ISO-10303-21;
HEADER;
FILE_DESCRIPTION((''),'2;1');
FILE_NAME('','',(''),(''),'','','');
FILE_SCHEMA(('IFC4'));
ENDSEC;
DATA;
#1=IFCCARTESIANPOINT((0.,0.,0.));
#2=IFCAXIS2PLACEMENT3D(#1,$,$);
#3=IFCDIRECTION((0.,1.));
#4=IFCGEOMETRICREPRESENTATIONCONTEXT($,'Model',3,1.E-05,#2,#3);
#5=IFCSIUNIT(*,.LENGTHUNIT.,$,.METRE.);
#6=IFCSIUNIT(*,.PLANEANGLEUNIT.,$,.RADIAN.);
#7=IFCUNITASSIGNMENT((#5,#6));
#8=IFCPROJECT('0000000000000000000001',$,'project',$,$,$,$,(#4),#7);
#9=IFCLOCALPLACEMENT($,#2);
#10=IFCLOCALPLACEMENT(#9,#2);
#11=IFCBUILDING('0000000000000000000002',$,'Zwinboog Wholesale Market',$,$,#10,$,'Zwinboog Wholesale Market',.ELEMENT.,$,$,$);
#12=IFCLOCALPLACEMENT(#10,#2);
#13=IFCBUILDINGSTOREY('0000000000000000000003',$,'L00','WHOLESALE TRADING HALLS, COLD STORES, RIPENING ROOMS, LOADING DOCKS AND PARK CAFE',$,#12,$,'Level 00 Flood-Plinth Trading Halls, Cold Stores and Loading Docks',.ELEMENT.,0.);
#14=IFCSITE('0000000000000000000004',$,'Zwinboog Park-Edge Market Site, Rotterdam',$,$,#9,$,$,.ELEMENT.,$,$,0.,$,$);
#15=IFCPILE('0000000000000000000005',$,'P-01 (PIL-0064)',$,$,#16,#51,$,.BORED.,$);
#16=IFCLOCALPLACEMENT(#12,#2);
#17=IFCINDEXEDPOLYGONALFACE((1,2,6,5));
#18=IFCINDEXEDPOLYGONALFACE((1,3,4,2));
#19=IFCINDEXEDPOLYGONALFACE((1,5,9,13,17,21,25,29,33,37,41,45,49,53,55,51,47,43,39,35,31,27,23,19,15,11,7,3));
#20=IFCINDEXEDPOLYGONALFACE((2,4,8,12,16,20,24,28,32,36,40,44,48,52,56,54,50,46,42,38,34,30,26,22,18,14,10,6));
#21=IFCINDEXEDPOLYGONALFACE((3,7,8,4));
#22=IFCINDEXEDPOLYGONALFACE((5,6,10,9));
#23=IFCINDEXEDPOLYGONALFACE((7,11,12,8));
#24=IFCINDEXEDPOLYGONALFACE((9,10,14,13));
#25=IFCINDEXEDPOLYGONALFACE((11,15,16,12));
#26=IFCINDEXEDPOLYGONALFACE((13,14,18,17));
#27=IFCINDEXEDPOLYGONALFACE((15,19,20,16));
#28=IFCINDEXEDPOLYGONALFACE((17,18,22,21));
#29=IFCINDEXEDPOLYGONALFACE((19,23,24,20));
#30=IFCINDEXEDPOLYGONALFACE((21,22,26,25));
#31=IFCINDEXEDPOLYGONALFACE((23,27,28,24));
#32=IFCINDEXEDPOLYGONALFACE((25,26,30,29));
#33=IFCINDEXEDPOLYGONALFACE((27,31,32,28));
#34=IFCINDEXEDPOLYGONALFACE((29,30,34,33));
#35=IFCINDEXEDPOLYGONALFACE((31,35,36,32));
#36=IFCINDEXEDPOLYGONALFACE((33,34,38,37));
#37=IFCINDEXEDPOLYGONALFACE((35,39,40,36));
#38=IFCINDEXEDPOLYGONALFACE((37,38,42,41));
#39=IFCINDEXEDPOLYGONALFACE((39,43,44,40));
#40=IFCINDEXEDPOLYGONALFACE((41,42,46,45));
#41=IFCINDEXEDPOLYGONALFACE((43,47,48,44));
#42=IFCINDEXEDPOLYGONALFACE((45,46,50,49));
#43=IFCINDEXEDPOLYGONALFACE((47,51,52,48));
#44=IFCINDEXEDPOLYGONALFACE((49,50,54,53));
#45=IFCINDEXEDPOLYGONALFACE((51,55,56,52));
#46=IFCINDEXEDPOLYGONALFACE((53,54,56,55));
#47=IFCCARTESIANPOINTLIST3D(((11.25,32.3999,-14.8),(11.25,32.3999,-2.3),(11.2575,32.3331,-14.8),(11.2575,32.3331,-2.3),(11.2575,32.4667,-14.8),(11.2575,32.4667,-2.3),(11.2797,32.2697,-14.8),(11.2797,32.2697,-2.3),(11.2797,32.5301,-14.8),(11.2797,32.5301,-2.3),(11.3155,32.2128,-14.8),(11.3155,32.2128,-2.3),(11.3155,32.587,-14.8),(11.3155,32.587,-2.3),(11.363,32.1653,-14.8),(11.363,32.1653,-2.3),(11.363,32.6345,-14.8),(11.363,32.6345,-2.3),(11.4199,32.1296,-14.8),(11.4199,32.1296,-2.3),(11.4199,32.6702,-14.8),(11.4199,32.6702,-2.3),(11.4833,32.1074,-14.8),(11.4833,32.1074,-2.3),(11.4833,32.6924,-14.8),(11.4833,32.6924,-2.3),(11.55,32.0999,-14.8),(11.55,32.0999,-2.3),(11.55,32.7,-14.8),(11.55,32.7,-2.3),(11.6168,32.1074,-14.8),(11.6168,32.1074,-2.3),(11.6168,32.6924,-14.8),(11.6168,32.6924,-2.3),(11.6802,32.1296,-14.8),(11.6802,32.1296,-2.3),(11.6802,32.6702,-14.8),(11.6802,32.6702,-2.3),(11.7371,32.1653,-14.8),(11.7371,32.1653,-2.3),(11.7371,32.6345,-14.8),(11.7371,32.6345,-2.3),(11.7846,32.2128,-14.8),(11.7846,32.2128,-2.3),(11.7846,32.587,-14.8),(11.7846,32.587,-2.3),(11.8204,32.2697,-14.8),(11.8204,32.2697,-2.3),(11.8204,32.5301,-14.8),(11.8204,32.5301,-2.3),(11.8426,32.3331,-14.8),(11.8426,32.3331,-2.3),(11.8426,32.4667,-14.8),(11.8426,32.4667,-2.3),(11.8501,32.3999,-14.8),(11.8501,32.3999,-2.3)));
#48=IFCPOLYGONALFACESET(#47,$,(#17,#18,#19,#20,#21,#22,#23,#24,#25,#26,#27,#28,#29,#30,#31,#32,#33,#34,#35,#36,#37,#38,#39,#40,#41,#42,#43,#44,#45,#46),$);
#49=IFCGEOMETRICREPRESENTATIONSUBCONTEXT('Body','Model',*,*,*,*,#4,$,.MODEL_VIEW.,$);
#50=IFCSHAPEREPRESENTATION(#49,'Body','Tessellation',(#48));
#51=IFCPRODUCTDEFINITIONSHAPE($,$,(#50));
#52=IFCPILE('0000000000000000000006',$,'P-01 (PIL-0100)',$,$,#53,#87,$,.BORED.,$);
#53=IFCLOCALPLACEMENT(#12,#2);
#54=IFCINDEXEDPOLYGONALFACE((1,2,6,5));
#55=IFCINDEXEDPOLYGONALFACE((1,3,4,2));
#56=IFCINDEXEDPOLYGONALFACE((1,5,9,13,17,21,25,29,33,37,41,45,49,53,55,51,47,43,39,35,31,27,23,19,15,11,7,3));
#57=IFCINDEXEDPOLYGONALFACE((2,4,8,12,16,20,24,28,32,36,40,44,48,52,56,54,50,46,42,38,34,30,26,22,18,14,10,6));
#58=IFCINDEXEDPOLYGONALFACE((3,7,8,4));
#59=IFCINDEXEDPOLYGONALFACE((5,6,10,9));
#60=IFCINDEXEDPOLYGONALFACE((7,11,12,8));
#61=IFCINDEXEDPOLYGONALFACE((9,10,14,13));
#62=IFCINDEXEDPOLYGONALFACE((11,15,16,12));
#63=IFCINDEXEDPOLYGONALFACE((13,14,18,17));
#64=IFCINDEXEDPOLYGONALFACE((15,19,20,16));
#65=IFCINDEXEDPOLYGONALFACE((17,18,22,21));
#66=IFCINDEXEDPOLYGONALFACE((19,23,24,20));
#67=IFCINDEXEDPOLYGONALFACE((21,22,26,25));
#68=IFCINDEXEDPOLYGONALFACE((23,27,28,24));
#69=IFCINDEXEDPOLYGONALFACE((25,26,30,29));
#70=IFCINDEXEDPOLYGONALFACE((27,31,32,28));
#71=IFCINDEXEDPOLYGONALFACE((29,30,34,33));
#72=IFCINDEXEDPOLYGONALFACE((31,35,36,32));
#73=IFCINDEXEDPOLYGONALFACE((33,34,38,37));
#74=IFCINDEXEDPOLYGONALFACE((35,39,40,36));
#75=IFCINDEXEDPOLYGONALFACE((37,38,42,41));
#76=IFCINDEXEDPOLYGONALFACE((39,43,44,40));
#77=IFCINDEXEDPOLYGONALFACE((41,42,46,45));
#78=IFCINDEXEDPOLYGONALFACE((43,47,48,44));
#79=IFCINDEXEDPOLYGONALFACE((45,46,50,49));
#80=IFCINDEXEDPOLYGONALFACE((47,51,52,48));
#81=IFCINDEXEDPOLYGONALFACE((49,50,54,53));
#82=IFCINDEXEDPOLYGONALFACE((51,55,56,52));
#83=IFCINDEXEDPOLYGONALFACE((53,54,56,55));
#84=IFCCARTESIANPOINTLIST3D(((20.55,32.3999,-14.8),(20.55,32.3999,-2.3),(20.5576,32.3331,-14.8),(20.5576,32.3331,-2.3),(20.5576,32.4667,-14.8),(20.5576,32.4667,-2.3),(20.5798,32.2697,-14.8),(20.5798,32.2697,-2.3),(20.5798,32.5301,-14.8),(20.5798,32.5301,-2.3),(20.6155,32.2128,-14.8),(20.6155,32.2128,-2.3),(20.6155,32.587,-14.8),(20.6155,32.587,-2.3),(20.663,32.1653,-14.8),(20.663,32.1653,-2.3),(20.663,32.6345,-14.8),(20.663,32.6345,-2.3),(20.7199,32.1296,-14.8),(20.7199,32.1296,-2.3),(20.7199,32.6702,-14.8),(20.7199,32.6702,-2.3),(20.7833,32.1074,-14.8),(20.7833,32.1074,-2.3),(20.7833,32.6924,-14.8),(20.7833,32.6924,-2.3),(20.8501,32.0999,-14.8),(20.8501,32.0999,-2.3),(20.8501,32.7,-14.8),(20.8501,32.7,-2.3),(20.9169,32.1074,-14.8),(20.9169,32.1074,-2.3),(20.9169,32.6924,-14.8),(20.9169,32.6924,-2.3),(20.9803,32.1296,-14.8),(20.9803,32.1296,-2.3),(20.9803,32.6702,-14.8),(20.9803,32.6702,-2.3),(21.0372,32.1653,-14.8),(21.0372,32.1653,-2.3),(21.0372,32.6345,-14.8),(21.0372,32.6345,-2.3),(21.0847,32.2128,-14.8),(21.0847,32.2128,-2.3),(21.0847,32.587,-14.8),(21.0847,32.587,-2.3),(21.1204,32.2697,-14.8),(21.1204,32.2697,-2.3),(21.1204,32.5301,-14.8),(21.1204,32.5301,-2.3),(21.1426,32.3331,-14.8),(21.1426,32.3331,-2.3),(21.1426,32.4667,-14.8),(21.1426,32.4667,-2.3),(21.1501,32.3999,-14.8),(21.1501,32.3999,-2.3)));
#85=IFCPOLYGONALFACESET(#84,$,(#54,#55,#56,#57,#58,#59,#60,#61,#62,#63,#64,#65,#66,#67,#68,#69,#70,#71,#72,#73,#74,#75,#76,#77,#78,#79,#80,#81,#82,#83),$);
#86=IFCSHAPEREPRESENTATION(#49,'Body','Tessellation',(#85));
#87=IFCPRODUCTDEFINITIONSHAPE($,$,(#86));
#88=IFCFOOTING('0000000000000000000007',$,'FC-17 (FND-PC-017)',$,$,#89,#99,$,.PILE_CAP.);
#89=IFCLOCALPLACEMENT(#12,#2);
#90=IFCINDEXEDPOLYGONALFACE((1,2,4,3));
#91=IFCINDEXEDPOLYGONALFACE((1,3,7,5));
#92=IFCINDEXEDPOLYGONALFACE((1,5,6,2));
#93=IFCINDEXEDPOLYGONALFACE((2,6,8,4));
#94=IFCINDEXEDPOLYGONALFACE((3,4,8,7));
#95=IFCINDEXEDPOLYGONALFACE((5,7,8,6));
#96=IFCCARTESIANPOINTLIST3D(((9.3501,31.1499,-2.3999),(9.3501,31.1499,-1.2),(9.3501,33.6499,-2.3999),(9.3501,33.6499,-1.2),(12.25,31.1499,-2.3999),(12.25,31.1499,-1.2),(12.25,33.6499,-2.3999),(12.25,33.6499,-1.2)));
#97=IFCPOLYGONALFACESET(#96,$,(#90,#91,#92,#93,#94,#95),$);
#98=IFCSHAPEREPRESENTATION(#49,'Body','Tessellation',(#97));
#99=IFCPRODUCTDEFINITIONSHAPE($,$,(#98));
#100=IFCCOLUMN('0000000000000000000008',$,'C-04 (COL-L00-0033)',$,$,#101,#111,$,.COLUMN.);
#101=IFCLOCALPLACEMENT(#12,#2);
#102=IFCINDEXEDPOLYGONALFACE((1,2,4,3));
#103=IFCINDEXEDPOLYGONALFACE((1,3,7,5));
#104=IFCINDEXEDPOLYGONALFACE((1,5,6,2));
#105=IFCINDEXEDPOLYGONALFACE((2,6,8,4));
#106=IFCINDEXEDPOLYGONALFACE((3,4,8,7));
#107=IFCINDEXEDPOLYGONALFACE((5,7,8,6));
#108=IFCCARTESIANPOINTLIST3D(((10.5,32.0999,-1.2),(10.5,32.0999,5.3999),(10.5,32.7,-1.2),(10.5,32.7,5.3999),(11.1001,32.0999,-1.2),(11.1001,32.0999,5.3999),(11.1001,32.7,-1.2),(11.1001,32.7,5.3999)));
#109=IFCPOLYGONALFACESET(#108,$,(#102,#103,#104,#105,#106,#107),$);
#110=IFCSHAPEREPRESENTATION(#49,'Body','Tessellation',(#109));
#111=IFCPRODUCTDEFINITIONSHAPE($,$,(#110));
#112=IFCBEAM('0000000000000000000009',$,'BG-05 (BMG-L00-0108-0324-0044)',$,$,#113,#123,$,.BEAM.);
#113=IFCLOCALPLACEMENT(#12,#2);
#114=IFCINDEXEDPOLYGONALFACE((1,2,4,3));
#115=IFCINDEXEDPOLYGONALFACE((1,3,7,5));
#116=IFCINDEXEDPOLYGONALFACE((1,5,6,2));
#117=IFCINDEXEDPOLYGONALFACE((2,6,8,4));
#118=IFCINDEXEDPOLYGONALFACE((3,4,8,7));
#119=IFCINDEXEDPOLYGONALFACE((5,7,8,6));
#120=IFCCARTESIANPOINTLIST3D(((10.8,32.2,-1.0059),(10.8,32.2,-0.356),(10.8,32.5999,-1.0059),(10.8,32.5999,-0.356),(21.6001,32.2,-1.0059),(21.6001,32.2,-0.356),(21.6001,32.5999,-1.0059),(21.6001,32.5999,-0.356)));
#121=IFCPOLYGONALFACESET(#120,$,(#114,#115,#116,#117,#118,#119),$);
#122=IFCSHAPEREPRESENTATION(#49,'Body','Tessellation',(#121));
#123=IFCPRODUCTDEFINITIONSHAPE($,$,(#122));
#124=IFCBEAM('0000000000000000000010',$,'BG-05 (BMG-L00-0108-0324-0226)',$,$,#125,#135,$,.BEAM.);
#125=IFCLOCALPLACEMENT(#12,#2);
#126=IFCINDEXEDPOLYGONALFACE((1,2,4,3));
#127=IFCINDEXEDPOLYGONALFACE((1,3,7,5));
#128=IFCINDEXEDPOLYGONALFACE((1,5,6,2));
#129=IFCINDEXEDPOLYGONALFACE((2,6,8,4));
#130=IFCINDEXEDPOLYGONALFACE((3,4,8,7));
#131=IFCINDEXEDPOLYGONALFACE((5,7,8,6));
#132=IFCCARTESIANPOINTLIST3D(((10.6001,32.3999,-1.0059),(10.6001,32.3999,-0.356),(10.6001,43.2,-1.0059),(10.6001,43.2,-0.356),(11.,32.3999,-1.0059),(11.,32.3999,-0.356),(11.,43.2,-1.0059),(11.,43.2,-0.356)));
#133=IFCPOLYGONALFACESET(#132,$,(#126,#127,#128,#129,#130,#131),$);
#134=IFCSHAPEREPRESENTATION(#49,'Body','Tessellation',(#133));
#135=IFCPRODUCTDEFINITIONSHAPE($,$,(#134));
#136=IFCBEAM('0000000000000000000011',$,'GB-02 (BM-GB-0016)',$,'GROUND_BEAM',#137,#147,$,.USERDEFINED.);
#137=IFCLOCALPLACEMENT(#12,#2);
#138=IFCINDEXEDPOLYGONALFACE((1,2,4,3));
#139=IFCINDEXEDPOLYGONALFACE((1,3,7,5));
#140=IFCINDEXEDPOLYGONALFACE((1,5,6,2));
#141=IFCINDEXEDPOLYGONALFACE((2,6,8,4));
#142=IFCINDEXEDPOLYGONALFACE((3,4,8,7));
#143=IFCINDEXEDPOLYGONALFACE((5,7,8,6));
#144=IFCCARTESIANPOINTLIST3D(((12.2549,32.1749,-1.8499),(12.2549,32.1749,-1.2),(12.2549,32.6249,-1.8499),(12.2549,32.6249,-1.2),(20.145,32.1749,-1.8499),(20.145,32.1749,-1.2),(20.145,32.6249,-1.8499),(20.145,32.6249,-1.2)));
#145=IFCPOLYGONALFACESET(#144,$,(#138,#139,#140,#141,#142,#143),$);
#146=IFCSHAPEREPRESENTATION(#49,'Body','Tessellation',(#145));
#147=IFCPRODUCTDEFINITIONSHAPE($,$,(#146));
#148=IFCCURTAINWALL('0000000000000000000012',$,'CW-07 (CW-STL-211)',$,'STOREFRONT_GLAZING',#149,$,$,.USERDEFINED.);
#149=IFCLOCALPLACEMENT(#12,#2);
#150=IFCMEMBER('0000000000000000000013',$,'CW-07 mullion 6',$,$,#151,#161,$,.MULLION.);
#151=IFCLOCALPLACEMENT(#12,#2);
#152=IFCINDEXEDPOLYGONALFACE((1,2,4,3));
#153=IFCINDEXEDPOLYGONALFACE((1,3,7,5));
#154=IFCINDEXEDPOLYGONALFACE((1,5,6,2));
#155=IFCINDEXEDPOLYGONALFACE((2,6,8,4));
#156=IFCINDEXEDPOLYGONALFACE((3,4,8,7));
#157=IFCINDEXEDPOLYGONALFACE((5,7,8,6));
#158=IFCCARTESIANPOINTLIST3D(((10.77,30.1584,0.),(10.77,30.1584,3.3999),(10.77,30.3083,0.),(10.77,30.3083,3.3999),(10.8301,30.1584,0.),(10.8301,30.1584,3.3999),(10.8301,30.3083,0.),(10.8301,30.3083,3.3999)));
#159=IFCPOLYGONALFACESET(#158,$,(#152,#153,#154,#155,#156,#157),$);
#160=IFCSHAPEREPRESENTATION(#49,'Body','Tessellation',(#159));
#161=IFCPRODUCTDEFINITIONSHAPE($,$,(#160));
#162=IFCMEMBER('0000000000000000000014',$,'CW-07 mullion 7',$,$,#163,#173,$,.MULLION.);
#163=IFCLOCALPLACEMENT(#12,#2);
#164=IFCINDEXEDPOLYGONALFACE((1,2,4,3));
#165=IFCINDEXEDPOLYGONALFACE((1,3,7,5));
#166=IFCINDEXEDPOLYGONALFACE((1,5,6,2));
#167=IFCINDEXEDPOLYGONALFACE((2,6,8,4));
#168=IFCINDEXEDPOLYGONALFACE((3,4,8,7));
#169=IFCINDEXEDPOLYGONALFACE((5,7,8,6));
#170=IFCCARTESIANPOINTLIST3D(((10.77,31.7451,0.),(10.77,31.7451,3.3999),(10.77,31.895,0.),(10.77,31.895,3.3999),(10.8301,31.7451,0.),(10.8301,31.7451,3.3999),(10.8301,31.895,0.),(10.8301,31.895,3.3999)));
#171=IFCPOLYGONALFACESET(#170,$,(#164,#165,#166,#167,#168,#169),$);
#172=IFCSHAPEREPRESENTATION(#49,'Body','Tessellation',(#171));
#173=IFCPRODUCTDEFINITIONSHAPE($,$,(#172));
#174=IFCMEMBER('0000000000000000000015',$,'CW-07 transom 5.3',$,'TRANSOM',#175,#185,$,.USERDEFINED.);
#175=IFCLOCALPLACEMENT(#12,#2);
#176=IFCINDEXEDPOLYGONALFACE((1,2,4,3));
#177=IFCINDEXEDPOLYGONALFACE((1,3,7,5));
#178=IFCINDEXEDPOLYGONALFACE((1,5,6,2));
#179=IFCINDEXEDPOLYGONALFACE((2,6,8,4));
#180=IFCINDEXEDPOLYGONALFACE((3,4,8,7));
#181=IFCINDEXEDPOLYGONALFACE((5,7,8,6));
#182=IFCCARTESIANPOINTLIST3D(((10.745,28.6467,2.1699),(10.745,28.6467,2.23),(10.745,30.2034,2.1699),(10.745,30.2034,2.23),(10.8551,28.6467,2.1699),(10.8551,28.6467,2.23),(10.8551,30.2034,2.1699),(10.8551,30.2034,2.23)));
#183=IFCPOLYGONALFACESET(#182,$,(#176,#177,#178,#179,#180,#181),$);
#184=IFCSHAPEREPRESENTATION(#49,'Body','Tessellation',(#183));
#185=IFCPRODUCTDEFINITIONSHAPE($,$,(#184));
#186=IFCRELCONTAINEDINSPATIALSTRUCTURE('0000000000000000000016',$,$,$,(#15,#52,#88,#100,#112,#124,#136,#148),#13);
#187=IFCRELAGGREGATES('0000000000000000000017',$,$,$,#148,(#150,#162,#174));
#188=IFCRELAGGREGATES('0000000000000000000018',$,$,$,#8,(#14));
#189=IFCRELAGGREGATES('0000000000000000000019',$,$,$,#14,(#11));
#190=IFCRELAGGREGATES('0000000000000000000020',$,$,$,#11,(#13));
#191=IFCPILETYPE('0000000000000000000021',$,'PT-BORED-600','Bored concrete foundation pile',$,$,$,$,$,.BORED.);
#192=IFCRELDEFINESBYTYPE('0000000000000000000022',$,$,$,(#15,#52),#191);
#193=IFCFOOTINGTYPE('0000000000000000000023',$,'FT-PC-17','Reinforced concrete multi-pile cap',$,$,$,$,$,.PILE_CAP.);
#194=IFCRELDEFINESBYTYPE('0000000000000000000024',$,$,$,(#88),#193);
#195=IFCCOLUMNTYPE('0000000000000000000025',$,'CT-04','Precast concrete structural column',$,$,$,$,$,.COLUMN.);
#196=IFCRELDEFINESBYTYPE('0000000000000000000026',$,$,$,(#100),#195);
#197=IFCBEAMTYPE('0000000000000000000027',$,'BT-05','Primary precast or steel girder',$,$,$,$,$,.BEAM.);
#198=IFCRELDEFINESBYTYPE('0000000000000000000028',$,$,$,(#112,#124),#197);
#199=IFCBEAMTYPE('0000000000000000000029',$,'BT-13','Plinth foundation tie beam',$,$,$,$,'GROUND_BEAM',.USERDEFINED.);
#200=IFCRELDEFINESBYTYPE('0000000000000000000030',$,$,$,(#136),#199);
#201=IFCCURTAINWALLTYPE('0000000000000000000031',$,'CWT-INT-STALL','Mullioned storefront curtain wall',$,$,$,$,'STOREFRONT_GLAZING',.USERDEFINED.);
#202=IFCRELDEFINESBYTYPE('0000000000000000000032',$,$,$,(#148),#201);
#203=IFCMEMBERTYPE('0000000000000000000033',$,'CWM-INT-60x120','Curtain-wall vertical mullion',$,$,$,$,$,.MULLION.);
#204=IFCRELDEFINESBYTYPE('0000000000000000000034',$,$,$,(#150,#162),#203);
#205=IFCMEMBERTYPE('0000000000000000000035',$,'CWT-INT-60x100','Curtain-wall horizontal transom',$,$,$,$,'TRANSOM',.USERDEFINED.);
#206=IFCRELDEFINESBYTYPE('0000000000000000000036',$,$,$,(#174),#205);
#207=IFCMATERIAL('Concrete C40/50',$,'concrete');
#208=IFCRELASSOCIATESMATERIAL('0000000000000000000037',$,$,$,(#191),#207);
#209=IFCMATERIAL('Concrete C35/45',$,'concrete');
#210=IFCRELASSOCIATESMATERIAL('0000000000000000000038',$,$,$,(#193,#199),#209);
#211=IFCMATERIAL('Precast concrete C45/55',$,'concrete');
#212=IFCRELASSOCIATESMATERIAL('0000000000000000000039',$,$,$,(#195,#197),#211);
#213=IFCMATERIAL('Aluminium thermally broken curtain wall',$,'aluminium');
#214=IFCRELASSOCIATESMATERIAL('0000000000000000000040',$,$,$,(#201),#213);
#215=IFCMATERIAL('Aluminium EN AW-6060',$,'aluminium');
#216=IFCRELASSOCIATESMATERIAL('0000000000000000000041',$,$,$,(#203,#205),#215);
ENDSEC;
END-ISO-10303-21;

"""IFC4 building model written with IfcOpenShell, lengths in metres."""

from ifc_helpers import new_model, si_unit, direction, frame, origin, origin_2d, place, context, subcontext, project, spatial, rectangle, circle, extrude, material, material_profile, profile_set, type_object, element, aggregate, save


model = new_model("IFC4")

# Units and contexts
model_context = context("Model", 3, precision=1e-05, world=origin(), true_north=direction((0.0, 1.0)))
body_context = subcontext(model_context, "Body", "Model", "MODEL_VIEW")
ifc_project = project(units=[si_unit("LENGTHUNIT", "METRE"), si_unit("PLANEANGLEUNIT", "RADIAN")], contexts=[model_context])

# Site, building, storey
site_placement = place(None, origin())
site = spatial("IfcSite", under=ifc_project, at=site_placement, Name="Zwinboog Park-Edge Market Site, Rotterdam", CompositionType="ELEMENT", RefElevation=0.0)
building_placement = place(site_placement, origin())
building = spatial("IfcBuilding", under=site, at=building_placement, Name="Zwinboog Wholesale Market", LongName="Zwinboog Wholesale Market", CompositionType="ELEMENT")
storey_placement = place(building_placement, origin())
storey = spatial("IfcBuildingStorey", under=building, at=storey_placement, Name="L00", Description="WHOLESALE TRADING HALLS, COLD STORES, RIPENING ROOMS, LOADING DOCKS AND PARK CAFE", LongName="Level 00 Flood-Plinth Trading Halls, Cold Stores and Loading Docks", CompositionType="ELEMENT", Elevation=0.0)

# Piles
ifc_material_1 = material(Name="Concrete C40/50", Category="concrete")
ifc_material_profile_1 = material_profile(ifc_material_1, circle(Radius=0.3, at=origin_2d()), Name="PILE D600")
ifc_profile_set_1 = profile_set([ifc_material_profile_1], Name="Concrete C40/50")
pile_type = type_object("IfcPileType", Name="PT-BORED-600", Description="Bored concrete foundation pile", PredefinedType="BORED", material=ifc_profile_set_1)
for number, where, z_axis, x_axis, name in (
    (1, (11.55, 32.3999, -2.3), (0.0, 0.0, -1.0), (1.0, 0.0, 0.0), "P-01 (PIL-0064)"),
    (2, (20.8501, 32.3999, -2.3), (0.0, 0.0, -1.0), (1.0, 0.0, 0.0), "P-01 (PIL-0100)"),
):
    element("IfcPile", number, at=place(storey_placement, frame(where, z_axis=z_axis, x_axis=x_axis)), inside=storey, type_object=pile_type, Name=name, PredefinedType="BORED", context=body_context, shape_type="SweptSolid", body=[
        extrude(circle(Radius=0.3, at=origin_2d()), origin(), (0.0, 0.0, 1.0), 12.5),
    ])

# Footing
ifc_material_2 = material(Name="Concrete C35/45", Category="concrete")
footing_type = type_object("IfcFootingType", Name="FT-PC-17", Description="Reinforced concrete multi-pile cap", PredefinedType="PILE_CAP", material=ifc_material_2)
footing_placement = place(storey_placement, frame((10.8, 32.3999, -2.3999), z_axis=(0.0, 0.0, 1.0), x_axis=(1.0, 0.0, 0.0)))
element("IfcFooting", 3, at=footing_placement, inside=storey, type_object=footing_type, Name="FC-17 (FND-PC-017)", PredefinedType="PILE_CAP", context=body_context, shape_type="SweptSolid", body=[
    extrude(rectangle(XDim=2.8999, YDim=2.5, at=origin_2d()), origin(), (0.0, 0.0, 1.0), 1.2),
])

# Column
ifc_material_3 = material(Name="Precast concrete C45/55", Category="concrete")
ifc_material_profile_2 = material_profile(ifc_material_3, rectangle(XDim=0.6001, YDim=0.6001, at=origin_2d()), Name="PC 600x600")
ifc_profile_set_2 = profile_set([ifc_material_profile_2], Name="Precast concrete C45/55")
column_type = type_object("IfcColumnType", Name="CT-04", Description="Precast concrete structural column", PredefinedType="COLUMN", material=ifc_profile_set_2)
column_placement = place(storey_placement, frame((10.8, 32.3999, -1.2), z_axis=(0.0, 0.0, 1.0), x_axis=(1.0, 0.0, 0.0)))
element("IfcColumn", 4, at=column_placement, inside=storey, type_object=column_type, Name="C-04 (COL-L00-0033)", PredefinedType="COLUMN", context=body_context, shape_type="SweptSolid", body=[
    extrude(rectangle(XDim=0.6001, YDim=0.6001, at=origin_2d()), origin(), (0.0, 0.0, 1.0), 6.5999),
])

# Beams
ifc_material_profile_3 = material_profile(ifc_material_3, rectangle(XDim=0.3999, YDim=0.6499, at=origin_2d()), Name="PC 400x650")
ifc_profile_set_3 = profile_set([ifc_material_profile_3], Name="Precast concrete C45/55")
beam_type_1 = type_object("IfcBeamType", Name="BT-05", Description="Primary precast or steel girder", PredefinedType="BEAM", material=ifc_profile_set_3)
for number, where, z_axis, x_axis, name in (
    (5, (10.8, 32.3999, -0.6809), (1.0, 0.0, 0.0), (0.0, 1.0, 0.0), "BG-05 (BMG-L00-0108-0324-0044)"),
    (6, (10.8, 32.3999, -0.6809), (0.0, 1.0, 0.0), (-1.0, 0.0, 0.0), "BG-05 (BMG-L00-0108-0324-0226)"),
):
    element("IfcBeam", number, at=place(storey_placement, frame(where, z_axis=z_axis, x_axis=x_axis)), inside=storey, type_object=beam_type_1, Name=name, PredefinedType="BEAM", context=body_context, shape_type="SweptSolid", body=[
        extrude(rectangle(XDim=0.3999, YDim=0.6499, at=origin_2d()), origin(), (0.0, 0.0, 1.0), 10.8),
    ])
ifc_material_profile_4 = material_profile(ifc_material_2, rectangle(XDim=0.45, YDim=0.6499, at=origin_2d()), Name="RC 450x650")
ifc_profile_set_4 = profile_set([ifc_material_profile_4], Name="Concrete C35/45")
beam_type_2 = type_object("IfcBeamType", Name="BT-13", Description="Plinth foundation tie beam", ElementType="GROUND_BEAM", PredefinedType="USERDEFINED", material=ifc_profile_set_4)
beam_placement = place(storey_placement, frame((12.2549, 32.3999, -1.5249), z_axis=(1.0, 0.0, 0.0), x_axis=(0.0, 1.0, 0.0)))
element("IfcBeam", 7, at=beam_placement, inside=storey, type_object=beam_type_2, Name="GB-02 (BM-GB-0016)", ObjectType="GROUND_BEAM", PredefinedType="USERDEFINED", context=body_context, shape_type="SweptSolid", body=[
    extrude(rectangle(XDim=0.45, YDim=0.6499, at=origin_2d()), origin(), (0.0, 0.0, 1.0), 7.8901),
])

# Curtain wall, members
ifc_material_4 = material(Name="Aluminium thermally broken curtain wall", Category="aluminium")
curtain_wall_type = type_object("IfcCurtainWallType", Name="CWT-INT-STALL", Description="Mullioned storefront curtain wall", ElementType="STOREFRONT_GLAZING", PredefinedType="USERDEFINED", material=ifc_material_4)
curtain_wall_placement = place(storey_placement, origin())
curtain_wall = element("IfcCurtainWall", 8, at=curtain_wall_placement, inside=storey, type_object=curtain_wall_type, Name="CW-07 (CW-STL-211)", ObjectType="STOREFRONT_GLAZING", PredefinedType="USERDEFINED")
ifc_material_5 = material(Name="Aluminium EN AW-6060", Category="aluminium")
ifc_material_profile_5 = material_profile(ifc_material_5, rectangle(XDim=0.0601, YDim=0.1499, at=origin_2d()), Name="AL 60x150")
ifc_profile_set_5 = profile_set([ifc_material_profile_5], Name="Aluminium EN AW-6060")
member_type_1 = type_object("IfcMemberType", Name="CWM-INT-60x120", Description="Curtain-wall vertical mullion", PredefinedType="MULLION", material=ifc_profile_set_5)
member_1_placement = place(storey_placement, frame((10.8, 30.2334, 0.0), z_axis=(0.0, 0.0, 1.0), x_axis=(-1.0, 0.0, 0.0)))
member_1 = element("IfcMember", 9, at=member_1_placement, type_object=member_type_1, Name="CW-07 mullion 6", PredefinedType="MULLION", context=body_context, shape_type="SweptSolid", body=[
    extrude(rectangle(XDim=0.0601, YDim=0.1499, at=origin_2d()), origin(), (0.0, 0.0, 1.0), 3.3999),
])
member_2_placement = place(storey_placement, frame((10.8, 31.8201, 0.0), z_axis=(0.0, 0.0, 1.0), x_axis=(-1.0, 0.0, 0.0)))
member_2 = element("IfcMember", 10, at=member_2_placement, type_object=member_type_1, Name="CW-07 mullion 7", PredefinedType="MULLION", context=body_context, shape_type="SweptSolid", body=[
    extrude(rectangle(XDim=0.0601, YDim=0.1499, at=origin_2d()), origin(), (0.0, 0.0, 1.0), 3.3999),
])
ifc_material_profile_6 = material_profile(ifc_material_5, rectangle(XDim=0.1101, YDim=0.0601, at=origin_2d()), Name="AL 60x110")
ifc_profile_set_6 = profile_set([ifc_material_profile_6], Name="Aluminium EN AW-6060")
member_type_2 = type_object("IfcMemberType", Name="CWT-INT-60x100", Description="Curtain-wall horizontal transom", ElementType="TRANSOM", PredefinedType="USERDEFINED", material=ifc_profile_set_6)
member_3_placement = place(storey_placement, frame((10.8, 28.6467, 2.2), z_axis=(0.0, 1.0, 0.0), x_axis=(-1.0, 0.0, 0.0)))
member_3 = element("IfcMember", 11, at=member_3_placement, type_object=member_type_2, Name="CW-07 transom 5.3", ObjectType="TRANSOM", PredefinedType="USERDEFINED", context=body_context, shape_type="SweptSolid", body=[
    extrude(rectangle(XDim=0.1101, YDim=0.0601, at=origin_2d()), origin(), (0.0, 0.0, 1.0), 1.5566),
])
aggregate(curtain_wall, [member_1, member_2, member_3])

save(model, "model.ifc")
